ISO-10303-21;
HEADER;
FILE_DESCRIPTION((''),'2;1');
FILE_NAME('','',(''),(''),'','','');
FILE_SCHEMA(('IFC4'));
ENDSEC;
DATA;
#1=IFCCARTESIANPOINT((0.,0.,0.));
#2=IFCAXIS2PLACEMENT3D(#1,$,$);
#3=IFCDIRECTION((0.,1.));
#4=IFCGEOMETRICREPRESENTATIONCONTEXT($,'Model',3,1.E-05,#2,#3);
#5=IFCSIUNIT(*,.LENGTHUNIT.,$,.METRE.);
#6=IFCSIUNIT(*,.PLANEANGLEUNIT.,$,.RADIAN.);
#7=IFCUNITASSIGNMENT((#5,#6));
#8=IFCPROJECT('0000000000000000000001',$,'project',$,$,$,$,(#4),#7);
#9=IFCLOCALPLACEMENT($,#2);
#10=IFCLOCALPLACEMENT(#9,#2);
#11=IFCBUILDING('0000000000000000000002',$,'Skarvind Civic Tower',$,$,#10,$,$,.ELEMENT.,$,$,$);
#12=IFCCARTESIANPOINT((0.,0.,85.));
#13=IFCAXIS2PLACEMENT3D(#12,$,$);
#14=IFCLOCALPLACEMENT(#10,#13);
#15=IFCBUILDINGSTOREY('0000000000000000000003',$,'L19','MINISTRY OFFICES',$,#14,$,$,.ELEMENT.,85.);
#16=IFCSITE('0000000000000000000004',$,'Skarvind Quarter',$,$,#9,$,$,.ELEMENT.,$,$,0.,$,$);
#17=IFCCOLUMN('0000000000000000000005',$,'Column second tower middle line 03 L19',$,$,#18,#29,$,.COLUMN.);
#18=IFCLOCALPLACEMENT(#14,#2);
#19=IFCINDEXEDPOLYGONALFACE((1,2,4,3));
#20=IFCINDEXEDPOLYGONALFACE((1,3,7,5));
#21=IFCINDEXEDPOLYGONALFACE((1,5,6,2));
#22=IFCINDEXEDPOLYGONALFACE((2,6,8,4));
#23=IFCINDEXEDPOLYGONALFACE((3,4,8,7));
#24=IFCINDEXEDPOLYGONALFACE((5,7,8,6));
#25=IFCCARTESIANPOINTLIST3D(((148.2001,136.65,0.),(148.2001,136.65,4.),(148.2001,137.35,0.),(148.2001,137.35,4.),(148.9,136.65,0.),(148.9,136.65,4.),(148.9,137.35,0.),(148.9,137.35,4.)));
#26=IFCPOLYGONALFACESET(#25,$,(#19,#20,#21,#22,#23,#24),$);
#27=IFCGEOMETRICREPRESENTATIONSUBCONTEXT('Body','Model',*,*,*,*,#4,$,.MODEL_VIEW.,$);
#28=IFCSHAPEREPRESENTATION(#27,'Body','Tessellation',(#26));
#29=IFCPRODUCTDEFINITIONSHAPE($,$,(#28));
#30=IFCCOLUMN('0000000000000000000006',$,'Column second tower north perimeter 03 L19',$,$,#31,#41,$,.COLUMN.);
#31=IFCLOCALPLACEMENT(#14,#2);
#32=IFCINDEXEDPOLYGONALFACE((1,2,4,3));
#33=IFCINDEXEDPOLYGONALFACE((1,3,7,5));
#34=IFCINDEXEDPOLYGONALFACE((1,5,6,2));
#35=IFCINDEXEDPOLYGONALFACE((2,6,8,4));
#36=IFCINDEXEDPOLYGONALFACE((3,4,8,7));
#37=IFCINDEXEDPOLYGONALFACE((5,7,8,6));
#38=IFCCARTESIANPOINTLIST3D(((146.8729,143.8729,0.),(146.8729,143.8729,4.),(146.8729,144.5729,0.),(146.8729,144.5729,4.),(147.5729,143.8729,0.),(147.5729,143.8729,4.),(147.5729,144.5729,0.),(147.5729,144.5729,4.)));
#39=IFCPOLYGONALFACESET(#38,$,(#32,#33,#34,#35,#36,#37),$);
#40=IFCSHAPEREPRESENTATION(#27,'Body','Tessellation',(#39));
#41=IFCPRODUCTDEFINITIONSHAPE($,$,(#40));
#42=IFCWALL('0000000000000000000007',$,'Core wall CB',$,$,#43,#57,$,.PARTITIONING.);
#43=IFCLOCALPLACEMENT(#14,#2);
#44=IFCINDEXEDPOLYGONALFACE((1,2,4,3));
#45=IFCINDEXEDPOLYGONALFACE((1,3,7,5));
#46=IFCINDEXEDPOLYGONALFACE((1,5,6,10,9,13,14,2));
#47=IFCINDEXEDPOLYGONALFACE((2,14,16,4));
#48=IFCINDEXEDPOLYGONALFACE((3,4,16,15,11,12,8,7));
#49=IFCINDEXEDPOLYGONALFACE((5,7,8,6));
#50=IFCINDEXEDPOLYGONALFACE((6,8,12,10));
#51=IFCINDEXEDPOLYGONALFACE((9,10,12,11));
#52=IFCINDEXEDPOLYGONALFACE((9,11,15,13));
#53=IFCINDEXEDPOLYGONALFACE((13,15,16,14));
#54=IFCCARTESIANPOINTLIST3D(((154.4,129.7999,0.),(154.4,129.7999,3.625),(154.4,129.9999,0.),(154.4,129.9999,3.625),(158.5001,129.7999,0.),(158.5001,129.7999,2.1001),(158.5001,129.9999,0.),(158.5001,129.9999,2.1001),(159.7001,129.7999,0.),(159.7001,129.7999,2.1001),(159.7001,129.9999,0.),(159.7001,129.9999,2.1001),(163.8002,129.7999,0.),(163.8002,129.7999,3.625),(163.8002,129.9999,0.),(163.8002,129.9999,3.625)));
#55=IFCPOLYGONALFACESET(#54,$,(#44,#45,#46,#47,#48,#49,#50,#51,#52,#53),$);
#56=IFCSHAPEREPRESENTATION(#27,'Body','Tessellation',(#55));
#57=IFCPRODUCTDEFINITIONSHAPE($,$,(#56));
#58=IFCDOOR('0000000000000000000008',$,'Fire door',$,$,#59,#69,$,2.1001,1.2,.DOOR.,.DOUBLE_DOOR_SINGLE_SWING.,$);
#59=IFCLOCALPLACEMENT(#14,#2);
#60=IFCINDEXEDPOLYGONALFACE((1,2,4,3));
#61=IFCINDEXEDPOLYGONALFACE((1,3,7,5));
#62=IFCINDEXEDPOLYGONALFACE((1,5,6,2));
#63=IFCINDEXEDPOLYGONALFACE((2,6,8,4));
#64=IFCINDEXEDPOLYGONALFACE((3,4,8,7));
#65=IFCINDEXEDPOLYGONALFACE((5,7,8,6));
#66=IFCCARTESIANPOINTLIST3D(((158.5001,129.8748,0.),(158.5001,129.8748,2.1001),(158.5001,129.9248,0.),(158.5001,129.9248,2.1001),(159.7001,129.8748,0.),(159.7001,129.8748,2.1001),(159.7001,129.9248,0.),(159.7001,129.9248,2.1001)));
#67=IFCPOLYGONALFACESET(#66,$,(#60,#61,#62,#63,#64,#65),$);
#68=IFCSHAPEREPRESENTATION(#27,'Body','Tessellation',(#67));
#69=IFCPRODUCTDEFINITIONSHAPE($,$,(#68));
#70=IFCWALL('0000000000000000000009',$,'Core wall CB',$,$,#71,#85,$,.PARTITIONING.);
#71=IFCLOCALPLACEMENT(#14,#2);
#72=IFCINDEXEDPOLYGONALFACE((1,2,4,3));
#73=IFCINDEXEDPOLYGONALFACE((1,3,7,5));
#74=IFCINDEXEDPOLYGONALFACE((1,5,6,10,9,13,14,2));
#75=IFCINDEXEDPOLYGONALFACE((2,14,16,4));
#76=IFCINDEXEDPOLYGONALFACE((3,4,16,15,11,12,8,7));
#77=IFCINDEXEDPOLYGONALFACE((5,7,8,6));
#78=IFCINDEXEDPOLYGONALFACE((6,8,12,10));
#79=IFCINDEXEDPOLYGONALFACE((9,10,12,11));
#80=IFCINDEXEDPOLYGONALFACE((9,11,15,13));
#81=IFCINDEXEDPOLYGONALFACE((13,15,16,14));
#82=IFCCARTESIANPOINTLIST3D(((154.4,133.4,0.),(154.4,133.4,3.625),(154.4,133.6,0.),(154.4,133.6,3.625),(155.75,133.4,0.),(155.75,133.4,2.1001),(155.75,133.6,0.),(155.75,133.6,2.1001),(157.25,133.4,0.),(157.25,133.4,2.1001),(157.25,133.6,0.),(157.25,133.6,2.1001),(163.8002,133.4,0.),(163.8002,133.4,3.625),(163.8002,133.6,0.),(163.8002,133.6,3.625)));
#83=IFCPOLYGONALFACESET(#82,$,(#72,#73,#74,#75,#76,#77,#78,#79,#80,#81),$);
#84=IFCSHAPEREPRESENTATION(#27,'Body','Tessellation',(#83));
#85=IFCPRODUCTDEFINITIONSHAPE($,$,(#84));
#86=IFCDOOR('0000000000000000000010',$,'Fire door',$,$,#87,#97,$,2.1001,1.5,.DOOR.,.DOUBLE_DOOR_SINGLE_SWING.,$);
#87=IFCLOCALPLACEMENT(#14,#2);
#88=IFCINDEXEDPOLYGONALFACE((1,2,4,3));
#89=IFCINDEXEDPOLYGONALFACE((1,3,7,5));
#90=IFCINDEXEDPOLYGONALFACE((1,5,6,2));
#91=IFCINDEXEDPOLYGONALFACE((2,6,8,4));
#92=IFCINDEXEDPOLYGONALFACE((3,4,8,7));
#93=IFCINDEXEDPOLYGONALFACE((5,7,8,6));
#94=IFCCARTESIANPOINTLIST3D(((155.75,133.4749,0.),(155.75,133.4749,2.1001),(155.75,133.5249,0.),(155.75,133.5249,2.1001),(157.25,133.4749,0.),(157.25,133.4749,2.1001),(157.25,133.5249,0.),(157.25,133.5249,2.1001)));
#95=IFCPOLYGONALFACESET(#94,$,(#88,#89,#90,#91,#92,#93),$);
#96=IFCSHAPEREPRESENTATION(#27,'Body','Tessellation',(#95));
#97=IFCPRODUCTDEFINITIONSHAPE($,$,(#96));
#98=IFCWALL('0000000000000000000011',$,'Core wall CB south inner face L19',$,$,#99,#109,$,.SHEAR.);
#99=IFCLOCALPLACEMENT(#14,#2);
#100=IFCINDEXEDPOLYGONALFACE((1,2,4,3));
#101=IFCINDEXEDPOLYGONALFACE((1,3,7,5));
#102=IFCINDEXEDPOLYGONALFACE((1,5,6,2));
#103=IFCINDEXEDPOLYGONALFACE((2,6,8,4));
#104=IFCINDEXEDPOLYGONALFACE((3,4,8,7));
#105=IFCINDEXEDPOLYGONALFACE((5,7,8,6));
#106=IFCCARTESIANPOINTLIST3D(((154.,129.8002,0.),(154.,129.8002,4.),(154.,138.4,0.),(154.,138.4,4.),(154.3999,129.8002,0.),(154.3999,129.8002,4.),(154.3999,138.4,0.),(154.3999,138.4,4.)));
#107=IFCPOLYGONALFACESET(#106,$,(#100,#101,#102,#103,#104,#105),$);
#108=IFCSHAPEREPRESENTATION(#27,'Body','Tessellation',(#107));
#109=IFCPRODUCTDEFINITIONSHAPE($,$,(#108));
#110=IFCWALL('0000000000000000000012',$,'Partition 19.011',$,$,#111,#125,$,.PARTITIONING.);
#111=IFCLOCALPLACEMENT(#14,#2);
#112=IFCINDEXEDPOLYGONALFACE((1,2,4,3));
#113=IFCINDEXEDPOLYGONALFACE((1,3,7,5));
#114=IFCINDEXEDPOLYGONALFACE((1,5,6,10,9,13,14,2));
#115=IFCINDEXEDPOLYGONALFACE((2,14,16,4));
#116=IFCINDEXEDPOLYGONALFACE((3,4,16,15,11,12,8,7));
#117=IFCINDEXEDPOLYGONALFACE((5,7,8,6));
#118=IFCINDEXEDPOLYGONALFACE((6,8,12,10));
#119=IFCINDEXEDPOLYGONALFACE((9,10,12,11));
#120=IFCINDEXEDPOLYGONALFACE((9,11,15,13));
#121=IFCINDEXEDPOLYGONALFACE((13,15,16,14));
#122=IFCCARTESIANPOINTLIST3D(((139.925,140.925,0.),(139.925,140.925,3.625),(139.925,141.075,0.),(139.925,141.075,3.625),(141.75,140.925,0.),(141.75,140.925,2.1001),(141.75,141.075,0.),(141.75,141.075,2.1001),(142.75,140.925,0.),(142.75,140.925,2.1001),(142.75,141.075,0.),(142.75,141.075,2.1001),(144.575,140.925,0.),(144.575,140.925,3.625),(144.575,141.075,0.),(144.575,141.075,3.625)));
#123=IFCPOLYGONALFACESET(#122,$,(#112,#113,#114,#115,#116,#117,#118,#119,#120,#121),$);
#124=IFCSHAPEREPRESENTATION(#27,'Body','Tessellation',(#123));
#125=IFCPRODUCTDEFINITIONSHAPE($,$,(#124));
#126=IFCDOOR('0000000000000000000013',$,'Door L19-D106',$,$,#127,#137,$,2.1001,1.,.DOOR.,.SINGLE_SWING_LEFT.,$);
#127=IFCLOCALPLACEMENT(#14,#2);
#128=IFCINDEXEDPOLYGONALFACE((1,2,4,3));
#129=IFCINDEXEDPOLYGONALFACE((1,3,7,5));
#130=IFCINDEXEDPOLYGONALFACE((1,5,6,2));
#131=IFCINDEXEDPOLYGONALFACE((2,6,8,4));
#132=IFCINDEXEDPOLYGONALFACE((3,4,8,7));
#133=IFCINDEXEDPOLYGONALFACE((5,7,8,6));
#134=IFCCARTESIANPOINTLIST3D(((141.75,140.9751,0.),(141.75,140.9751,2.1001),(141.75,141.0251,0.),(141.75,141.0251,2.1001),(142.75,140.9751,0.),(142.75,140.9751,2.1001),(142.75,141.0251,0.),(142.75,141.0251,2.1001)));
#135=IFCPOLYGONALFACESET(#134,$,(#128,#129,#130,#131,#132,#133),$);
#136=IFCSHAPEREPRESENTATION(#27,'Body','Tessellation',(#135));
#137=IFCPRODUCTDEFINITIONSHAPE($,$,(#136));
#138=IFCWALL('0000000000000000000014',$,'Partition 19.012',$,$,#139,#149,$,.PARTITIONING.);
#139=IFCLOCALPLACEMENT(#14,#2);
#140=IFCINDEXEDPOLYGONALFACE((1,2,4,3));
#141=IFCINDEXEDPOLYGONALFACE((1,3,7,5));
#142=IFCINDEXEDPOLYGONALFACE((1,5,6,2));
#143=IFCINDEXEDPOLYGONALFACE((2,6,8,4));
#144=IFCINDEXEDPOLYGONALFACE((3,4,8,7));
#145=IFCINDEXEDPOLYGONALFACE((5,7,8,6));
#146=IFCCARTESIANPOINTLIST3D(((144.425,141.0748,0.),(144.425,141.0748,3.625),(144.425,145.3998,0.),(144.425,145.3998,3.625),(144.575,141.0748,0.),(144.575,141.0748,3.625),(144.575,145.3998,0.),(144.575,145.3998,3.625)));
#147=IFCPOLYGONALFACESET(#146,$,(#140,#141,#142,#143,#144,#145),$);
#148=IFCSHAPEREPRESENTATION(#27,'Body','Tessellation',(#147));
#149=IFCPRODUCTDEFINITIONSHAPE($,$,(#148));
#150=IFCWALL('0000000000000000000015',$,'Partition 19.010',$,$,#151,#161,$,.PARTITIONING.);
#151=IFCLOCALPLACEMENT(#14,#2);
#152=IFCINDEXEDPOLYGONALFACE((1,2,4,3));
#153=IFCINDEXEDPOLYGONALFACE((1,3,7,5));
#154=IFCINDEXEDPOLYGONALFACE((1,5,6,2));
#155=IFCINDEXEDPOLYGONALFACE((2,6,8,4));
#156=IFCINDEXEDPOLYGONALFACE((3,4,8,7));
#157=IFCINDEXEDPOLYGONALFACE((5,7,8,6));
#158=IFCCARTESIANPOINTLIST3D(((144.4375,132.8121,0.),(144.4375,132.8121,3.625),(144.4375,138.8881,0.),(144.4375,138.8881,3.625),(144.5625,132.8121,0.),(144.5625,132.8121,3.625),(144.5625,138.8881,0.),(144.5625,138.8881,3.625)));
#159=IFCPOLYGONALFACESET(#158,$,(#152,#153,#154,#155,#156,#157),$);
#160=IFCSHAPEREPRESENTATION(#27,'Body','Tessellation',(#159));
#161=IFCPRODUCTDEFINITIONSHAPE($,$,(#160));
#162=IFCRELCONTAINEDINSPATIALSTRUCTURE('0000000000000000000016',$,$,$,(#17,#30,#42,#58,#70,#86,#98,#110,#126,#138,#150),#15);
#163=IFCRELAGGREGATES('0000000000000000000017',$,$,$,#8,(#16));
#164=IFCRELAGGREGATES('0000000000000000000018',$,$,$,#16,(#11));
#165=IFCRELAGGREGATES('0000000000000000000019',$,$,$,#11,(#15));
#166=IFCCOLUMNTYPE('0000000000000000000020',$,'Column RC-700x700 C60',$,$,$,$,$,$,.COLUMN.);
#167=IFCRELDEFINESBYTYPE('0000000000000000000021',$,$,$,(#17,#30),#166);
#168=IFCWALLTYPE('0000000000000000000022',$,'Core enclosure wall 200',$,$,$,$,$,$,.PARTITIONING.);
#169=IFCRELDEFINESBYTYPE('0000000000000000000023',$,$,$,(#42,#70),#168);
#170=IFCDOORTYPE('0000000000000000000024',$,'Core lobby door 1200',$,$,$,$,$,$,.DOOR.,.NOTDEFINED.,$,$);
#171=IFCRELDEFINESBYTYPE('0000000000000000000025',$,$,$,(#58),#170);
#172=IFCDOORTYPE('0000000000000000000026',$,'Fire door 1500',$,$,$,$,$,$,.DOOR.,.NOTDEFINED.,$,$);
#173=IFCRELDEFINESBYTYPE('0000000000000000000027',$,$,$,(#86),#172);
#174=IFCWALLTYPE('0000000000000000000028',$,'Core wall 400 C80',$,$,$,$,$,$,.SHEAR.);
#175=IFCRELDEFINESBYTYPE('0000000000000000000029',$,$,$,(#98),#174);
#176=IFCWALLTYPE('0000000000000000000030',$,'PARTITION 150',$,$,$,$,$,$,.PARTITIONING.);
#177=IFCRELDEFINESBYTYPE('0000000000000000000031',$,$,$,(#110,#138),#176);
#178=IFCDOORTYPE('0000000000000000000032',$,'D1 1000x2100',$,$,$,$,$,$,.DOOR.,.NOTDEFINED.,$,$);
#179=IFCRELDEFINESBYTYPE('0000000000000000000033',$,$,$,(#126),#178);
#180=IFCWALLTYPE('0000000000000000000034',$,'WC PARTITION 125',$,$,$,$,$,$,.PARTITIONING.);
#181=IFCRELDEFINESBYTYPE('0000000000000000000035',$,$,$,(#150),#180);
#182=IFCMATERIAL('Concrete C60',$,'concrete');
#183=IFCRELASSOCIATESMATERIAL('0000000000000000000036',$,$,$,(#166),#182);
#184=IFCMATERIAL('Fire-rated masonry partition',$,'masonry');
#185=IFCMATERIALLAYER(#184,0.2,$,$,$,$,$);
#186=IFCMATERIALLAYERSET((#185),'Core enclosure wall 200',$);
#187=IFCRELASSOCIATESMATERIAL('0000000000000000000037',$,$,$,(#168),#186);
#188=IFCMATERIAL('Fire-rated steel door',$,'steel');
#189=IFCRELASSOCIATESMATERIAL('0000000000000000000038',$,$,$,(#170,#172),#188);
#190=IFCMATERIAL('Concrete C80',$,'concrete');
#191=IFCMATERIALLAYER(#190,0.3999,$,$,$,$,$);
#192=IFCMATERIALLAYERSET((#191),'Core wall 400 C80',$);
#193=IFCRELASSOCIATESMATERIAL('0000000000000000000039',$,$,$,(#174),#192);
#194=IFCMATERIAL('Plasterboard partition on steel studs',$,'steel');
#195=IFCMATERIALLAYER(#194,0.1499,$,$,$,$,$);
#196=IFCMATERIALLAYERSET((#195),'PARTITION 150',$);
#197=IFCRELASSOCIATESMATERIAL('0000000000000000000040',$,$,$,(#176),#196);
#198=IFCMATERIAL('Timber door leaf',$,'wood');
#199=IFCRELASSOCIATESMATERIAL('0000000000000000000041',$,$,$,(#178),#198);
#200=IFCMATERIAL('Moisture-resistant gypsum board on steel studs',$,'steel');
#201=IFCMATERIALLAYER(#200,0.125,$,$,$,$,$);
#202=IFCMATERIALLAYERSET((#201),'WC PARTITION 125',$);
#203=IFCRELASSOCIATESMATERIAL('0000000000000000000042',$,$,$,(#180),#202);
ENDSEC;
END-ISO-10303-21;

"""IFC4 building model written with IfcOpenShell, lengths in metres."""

from ifc_helpers import new_model, si_unit, direction, frame, frame_2d, origin, origin_2d, place, context, subcontext, project, spatial, rectangle, extrude, material, layer, layer_set, material_profile, profile_set, type_object, element, fill, save


model = new_model("IFC4")

# Units and contexts
model_context = context("Model", 3, precision=1e-05, world=origin(), true_north=direction((0.0, 1.0)))
body_context = subcontext(model_context, "Body", "Model", "MODEL_VIEW")
ifc_project = project(units=[si_unit("LENGTHUNIT", "METRE"), si_unit("PLANEANGLEUNIT", "RADIAN")], contexts=[model_context])

# Site, building, storey
site_placement = place(None, origin())
site = spatial("IfcSite", under=ifc_project, at=site_placement, Name="Skarvind Quarter", CompositionType="ELEMENT", RefElevation=0.0)
building_placement = place(site_placement, origin())
building = spatial("IfcBuilding", under=site, at=building_placement, Name="Skarvind Civic Tower", CompositionType="ELEMENT")
storey_placement = place(building_placement, frame((0.0, 0.0, 85.0)))
storey = spatial("IfcBuildingStorey", under=building, at=storey_placement, Name="L19", Description="MINISTRY OFFICES", CompositionType="ELEMENT", Elevation=85.0)

# Columns
ifc_material_1 = material(Name="Concrete C60", Category="concrete")
ifc_material_profile = material_profile(ifc_material_1, rectangle(XDim=0.7, YDim=0.7, at=origin_2d()), Name="RC-700x700")
ifc_profile_set = profile_set([ifc_material_profile], Name="Concrete C60")
column_type = type_object("IfcColumnType", Name="Column RC-700x700 C60", PredefinedType="COLUMN", material=ifc_profile_set)
for number, where, z_axis, x_axis, name in (
    (1, (148.55, 137.0, 0.0), (0.0, 0.0, 1.0), (1.0, 0.0, 0.0), "Column second tower middle line 03 L19"),
    (2, (147.2229, 144.2229, 0.0), (0.0, 0.0, 1.0), (1.0, 0.0, 0.0), "Column second tower north perimeter 03 L19"),
):
    element("IfcColumn", number, at=place(storey_placement, frame(where, z_axis=z_axis, x_axis=x_axis)), inside=storey, type_object=column_type, Name=name, PredefinedType="COLUMN", context=body_context, shape_type="SweptSolid", body=[
        extrude(rectangle(XDim=0.7, YDim=0.7, at=origin_2d()), origin(), (0.0, 0.0, 1.0), 4.0),
    ])

# Walls, openings, doors
ifc_material_2 = material(Name="Fire-rated masonry partition", Category="masonry")
ifc_layer_1 = layer(ifc_material_2, 0.2)
ifc_layer_set_1 = layer_set([ifc_layer_1], Name="Core enclosure wall 200")
wall_type_1 = type_object("IfcWallType", Name="Core enclosure wall 200", PredefinedType="PARTITIONING", material=ifc_layer_set_1)
wall_1_placement = place(storey_placement, frame((154.3999, 129.8999, 0.0), z_axis=(0.0, 0.0, 1.0), x_axis=(1.0, 0.0, 0.0)))
wall_1 = element("IfcWall", 3, at=wall_1_placement, inside=storey, type_object=wall_type_1, Name="Core wall CB", PredefinedType="PARTITIONING", context=body_context, shape_type="SweptSolid", body=[
    extrude(rectangle(XDim=9.4001, YDim=0.2, at=frame_2d((4.7002, 0.0))), origin(), (0.0, 0.0, 1.0), 3.625),
])
opening_1_placement = place(wall_1_placement, frame((4.1001, 0.0, 0.0)))
opening_1 = element("IfcOpeningElement", 4, at=opening_1_placement, cuts=wall_1, PredefinedType="OPENING", context=body_context, shape_type="SweptSolid", body=[
    extrude(rectangle(XDim=1.2, YDim=2.1001, at=frame_2d((0.6001, 1.05))), frame((0.0, 0.1099, 0.0), z_axis=(0.0, -1.0, 0.0), x_axis=(1.0, 0.0, 0.0)), (0.0, 0.0, 1.0), 0.22),
])
ifc_material_3 = material(Name="Fire-rated steel door", Category="steel")
door_type_1 = type_object("IfcDoorType", Name="Core lobby door 1200", OperationType="NOTDEFINED", PredefinedType="DOOR", material=ifc_material_3)
door_1_placement = place(opening_1_placement, origin())
door_1 = element("IfcDoor", 5, at=door_1_placement, inside=storey, type_object=door_type_1, Name="Fire door", OperationType="DOUBLE_DOOR_SINGLE_SWING", OverallHeight=2.1001, OverallWidth=1.2, PredefinedType="DOOR", context=body_context, shape_type="SweptSolid", body=[
    extrude(rectangle(XDim=1.2, YDim=2.1001, at=frame_2d((0.6001, 1.05))), frame((0.0, 0.0249, 0.0), z_axis=(0.0, -1.0, 0.0), x_axis=(1.0, 0.0, 0.0)), (0.0, 0.0, 1.0), 0.05),
])
fill(opening_1, door_1)
wall_2_placement = place(storey_placement, frame((154.3999, 133.5, 0.0), z_axis=(0.0, 0.0, 1.0), x_axis=(1.0, 0.0, 0.0)))
wall_2 = element("IfcWall", 6, at=wall_2_placement, inside=storey, type_object=wall_type_1, Name="Core wall CB", PredefinedType="PARTITIONING", context=body_context, shape_type="SweptSolid", body=[
    extrude(rectangle(XDim=9.4001, YDim=0.2, at=frame_2d((4.7002, 0.0))), origin(), (0.0, 0.0, 1.0), 3.625),
])
opening_2_placement = place(wall_2_placement, frame((1.3501, 0.0, 0.0)))
opening_2 = element("IfcOpeningElement", 7, at=opening_2_placement, cuts=wall_2, PredefinedType="OPENING", context=body_context, shape_type="SweptSolid", body=[
    extrude(rectangle(XDim=1.5, YDim=2.1001, at=frame_2d((0.75, 1.05))), frame((0.0, 0.1099, 0.0), z_axis=(0.0, -1.0, 0.0), x_axis=(1.0, 0.0, 0.0)), (0.0, 0.0, 1.0), 0.22),
])
door_type_2 = type_object("IfcDoorType", Name="Fire door 1500", OperationType="NOTDEFINED", PredefinedType="DOOR", material=ifc_material_3)
door_2_placement = place(opening_2_placement, origin())
door_2 = element("IfcDoor", 8, at=door_2_placement, inside=storey, type_object=door_type_2, Name="Fire door", OperationType="DOUBLE_DOOR_SINGLE_SWING", OverallHeight=2.1001, OverallWidth=1.5, PredefinedType="DOOR", context=body_context, shape_type="SweptSolid", body=[
    extrude(rectangle(XDim=1.5, YDim=2.1001, at=frame_2d((0.75, 1.05))), frame((0.0, 0.0249, 0.0), z_axis=(0.0, -1.0, 0.0), x_axis=(1.0, 0.0, 0.0)), (0.0, 0.0, 1.0), 0.05),
])
fill(opening_2, door_2)

# Wall
ifc_material_4 = material(Name="Concrete C80", Category="concrete")
ifc_layer_2 = layer(ifc_material_4, 0.3999)
ifc_layer_set_2 = layer_set([ifc_layer_2], Name="Core wall 400 C80")
wall_type_2 = type_object("IfcWallType", Name="Core wall 400 C80", PredefinedType="SHEAR", material=ifc_layer_set_2)
wall_3_placement = place(storey_placement, frame((154.2, 138.3999, 0.0), z_axis=(0.0, 0.0, 1.0), x_axis=(0.0, -1.0, 0.0)))
element("IfcWall", 9, at=wall_3_placement, inside=storey, type_object=wall_type_2, Name="Core wall CB south inner face L19", PredefinedType="SHEAR", context=body_context, shape_type="SweptSolid", body=[
    extrude(rectangle(XDim=8.5999, YDim=0.3999, at=frame_2d((4.2998, 0.0))), origin(), (0.0, 0.0, 1.0), 4.0),
])

# Wall, opening, door
ifc_material_5 = material(Name="Plasterboard partition on steel studs", Category="steel")
ifc_layer_3 = layer(ifc_material_5, 0.1499)
ifc_layer_set_3 = layer_set([ifc_layer_3], Name="PARTITION 150")
wall_type_3 = type_object("IfcWallType", Name="PARTITION 150", PredefinedType="PARTITIONING", material=ifc_layer_set_3)
wall_4_placement = place(storey_placement, frame((144.575, 141.0, 0.0), z_axis=(0.0, 0.0, 1.0), x_axis=(-1.0, 0.0, 0.0)))
wall_4 = element("IfcWall", 10, at=wall_4_placement, inside=storey, type_object=wall_type_3, Name="Partition 19.011", PredefinedType="PARTITIONING", context=body_context, shape_type="SweptSolid", body=[
    extrude(rectangle(XDim=4.6499, YDim=0.1499, at=frame_2d((2.325, 0.0))), origin(), (0.0, 0.0, 1.0), 3.625),
])
opening_3_placement = place(wall_4_placement, frame((1.825, 0.0, 0.0)))
opening_3 = element("IfcOpeningElement", 11, at=opening_3_placement, cuts=wall_4, PredefinedType="OPENING", context=body_context, shape_type="SweptSolid", body=[
    extrude(rectangle(XDim=1.0, YDim=2.1001, at=frame_2d((0.5, 1.05))), frame((0.0, 0.085, 0.0), z_axis=(0.0, -1.0, 0.0), x_axis=(1.0, 0.0, 0.0)), (0.0, 0.0, 1.0), 0.1699),
])
ifc_material_6 = material(Name="Timber door leaf", Category="wood")
door_type_3 = type_object("IfcDoorType", Name="D1 1000x2100", OperationType="NOTDEFINED", PredefinedType="DOOR", material=ifc_material_6)
door_3_placement = place(opening_3_placement, origin())
door_3 = element("IfcDoor", 12, at=door_3_placement, inside=storey, type_object=door_type_3, Name="Door L19-D106", OperationType="SINGLE_SWING_LEFT", OverallHeight=2.1001, OverallWidth=1.0, PredefinedType="DOOR", context=body_context, shape_type="SweptSolid", body=[
    extrude(rectangle(XDim=1.0, YDim=2.1001, at=frame_2d((0.5, 1.05))), frame((0.0, 0.0249, 0.0), z_axis=(0.0, -1.0, 0.0), x_axis=(1.0, 0.0, 0.0)), (0.0, 0.0, 1.0), 0.05),
])
fill(opening_3, door_3)

# Walls
wall_5_placement = place(storey_placement, frame((144.5, 145.3999, 0.0), z_axis=(0.0, 0.0, 1.0), x_axis=(0.0, -1.0, 0.0)))
element("IfcWall", 13, at=wall_5_placement, inside=storey, type_object=wall_type_3, Name="Partition 19.012", PredefinedType="PARTITIONING", context=body_context, shape_type="SweptSolid", body=[
    extrude(rectangle(XDim=4.325, YDim=0.1499, at=frame_2d((2.1626, 0.0))), origin(), (0.0, 0.0, 1.0), 3.625),
])
ifc_material_7 = material(Name="Moisture-resistant gypsum board on steel studs", Category="steel")
ifc_layer_4 = layer(ifc_material_7, 0.125)
ifc_layer_set_4 = layer_set([ifc_layer_4], Name="WC PARTITION 125")
wall_type_4 = type_object("IfcWallType", Name="WC PARTITION 125", PredefinedType="PARTITIONING", material=ifc_layer_set_4)
wall_6_placement = place(storey_placement, frame((144.5, 132.812, 0.0), z_axis=(0.0, 0.0, 1.0), x_axis=(0.0, 1.0, 0.0)))
element("IfcWall", 14, at=wall_6_placement, inside=storey, type_object=wall_type_4, Name="Partition 19.010", PredefinedType="PARTITIONING", context=body_context, shape_type="SweptSolid", body=[
    extrude(rectangle(XDim=6.0759, YDim=0.125, at=frame_2d((3.0381, 0.0))), origin(), (0.0, 0.0, 1.0), 3.625),
])

save(model, "model.ifc")
